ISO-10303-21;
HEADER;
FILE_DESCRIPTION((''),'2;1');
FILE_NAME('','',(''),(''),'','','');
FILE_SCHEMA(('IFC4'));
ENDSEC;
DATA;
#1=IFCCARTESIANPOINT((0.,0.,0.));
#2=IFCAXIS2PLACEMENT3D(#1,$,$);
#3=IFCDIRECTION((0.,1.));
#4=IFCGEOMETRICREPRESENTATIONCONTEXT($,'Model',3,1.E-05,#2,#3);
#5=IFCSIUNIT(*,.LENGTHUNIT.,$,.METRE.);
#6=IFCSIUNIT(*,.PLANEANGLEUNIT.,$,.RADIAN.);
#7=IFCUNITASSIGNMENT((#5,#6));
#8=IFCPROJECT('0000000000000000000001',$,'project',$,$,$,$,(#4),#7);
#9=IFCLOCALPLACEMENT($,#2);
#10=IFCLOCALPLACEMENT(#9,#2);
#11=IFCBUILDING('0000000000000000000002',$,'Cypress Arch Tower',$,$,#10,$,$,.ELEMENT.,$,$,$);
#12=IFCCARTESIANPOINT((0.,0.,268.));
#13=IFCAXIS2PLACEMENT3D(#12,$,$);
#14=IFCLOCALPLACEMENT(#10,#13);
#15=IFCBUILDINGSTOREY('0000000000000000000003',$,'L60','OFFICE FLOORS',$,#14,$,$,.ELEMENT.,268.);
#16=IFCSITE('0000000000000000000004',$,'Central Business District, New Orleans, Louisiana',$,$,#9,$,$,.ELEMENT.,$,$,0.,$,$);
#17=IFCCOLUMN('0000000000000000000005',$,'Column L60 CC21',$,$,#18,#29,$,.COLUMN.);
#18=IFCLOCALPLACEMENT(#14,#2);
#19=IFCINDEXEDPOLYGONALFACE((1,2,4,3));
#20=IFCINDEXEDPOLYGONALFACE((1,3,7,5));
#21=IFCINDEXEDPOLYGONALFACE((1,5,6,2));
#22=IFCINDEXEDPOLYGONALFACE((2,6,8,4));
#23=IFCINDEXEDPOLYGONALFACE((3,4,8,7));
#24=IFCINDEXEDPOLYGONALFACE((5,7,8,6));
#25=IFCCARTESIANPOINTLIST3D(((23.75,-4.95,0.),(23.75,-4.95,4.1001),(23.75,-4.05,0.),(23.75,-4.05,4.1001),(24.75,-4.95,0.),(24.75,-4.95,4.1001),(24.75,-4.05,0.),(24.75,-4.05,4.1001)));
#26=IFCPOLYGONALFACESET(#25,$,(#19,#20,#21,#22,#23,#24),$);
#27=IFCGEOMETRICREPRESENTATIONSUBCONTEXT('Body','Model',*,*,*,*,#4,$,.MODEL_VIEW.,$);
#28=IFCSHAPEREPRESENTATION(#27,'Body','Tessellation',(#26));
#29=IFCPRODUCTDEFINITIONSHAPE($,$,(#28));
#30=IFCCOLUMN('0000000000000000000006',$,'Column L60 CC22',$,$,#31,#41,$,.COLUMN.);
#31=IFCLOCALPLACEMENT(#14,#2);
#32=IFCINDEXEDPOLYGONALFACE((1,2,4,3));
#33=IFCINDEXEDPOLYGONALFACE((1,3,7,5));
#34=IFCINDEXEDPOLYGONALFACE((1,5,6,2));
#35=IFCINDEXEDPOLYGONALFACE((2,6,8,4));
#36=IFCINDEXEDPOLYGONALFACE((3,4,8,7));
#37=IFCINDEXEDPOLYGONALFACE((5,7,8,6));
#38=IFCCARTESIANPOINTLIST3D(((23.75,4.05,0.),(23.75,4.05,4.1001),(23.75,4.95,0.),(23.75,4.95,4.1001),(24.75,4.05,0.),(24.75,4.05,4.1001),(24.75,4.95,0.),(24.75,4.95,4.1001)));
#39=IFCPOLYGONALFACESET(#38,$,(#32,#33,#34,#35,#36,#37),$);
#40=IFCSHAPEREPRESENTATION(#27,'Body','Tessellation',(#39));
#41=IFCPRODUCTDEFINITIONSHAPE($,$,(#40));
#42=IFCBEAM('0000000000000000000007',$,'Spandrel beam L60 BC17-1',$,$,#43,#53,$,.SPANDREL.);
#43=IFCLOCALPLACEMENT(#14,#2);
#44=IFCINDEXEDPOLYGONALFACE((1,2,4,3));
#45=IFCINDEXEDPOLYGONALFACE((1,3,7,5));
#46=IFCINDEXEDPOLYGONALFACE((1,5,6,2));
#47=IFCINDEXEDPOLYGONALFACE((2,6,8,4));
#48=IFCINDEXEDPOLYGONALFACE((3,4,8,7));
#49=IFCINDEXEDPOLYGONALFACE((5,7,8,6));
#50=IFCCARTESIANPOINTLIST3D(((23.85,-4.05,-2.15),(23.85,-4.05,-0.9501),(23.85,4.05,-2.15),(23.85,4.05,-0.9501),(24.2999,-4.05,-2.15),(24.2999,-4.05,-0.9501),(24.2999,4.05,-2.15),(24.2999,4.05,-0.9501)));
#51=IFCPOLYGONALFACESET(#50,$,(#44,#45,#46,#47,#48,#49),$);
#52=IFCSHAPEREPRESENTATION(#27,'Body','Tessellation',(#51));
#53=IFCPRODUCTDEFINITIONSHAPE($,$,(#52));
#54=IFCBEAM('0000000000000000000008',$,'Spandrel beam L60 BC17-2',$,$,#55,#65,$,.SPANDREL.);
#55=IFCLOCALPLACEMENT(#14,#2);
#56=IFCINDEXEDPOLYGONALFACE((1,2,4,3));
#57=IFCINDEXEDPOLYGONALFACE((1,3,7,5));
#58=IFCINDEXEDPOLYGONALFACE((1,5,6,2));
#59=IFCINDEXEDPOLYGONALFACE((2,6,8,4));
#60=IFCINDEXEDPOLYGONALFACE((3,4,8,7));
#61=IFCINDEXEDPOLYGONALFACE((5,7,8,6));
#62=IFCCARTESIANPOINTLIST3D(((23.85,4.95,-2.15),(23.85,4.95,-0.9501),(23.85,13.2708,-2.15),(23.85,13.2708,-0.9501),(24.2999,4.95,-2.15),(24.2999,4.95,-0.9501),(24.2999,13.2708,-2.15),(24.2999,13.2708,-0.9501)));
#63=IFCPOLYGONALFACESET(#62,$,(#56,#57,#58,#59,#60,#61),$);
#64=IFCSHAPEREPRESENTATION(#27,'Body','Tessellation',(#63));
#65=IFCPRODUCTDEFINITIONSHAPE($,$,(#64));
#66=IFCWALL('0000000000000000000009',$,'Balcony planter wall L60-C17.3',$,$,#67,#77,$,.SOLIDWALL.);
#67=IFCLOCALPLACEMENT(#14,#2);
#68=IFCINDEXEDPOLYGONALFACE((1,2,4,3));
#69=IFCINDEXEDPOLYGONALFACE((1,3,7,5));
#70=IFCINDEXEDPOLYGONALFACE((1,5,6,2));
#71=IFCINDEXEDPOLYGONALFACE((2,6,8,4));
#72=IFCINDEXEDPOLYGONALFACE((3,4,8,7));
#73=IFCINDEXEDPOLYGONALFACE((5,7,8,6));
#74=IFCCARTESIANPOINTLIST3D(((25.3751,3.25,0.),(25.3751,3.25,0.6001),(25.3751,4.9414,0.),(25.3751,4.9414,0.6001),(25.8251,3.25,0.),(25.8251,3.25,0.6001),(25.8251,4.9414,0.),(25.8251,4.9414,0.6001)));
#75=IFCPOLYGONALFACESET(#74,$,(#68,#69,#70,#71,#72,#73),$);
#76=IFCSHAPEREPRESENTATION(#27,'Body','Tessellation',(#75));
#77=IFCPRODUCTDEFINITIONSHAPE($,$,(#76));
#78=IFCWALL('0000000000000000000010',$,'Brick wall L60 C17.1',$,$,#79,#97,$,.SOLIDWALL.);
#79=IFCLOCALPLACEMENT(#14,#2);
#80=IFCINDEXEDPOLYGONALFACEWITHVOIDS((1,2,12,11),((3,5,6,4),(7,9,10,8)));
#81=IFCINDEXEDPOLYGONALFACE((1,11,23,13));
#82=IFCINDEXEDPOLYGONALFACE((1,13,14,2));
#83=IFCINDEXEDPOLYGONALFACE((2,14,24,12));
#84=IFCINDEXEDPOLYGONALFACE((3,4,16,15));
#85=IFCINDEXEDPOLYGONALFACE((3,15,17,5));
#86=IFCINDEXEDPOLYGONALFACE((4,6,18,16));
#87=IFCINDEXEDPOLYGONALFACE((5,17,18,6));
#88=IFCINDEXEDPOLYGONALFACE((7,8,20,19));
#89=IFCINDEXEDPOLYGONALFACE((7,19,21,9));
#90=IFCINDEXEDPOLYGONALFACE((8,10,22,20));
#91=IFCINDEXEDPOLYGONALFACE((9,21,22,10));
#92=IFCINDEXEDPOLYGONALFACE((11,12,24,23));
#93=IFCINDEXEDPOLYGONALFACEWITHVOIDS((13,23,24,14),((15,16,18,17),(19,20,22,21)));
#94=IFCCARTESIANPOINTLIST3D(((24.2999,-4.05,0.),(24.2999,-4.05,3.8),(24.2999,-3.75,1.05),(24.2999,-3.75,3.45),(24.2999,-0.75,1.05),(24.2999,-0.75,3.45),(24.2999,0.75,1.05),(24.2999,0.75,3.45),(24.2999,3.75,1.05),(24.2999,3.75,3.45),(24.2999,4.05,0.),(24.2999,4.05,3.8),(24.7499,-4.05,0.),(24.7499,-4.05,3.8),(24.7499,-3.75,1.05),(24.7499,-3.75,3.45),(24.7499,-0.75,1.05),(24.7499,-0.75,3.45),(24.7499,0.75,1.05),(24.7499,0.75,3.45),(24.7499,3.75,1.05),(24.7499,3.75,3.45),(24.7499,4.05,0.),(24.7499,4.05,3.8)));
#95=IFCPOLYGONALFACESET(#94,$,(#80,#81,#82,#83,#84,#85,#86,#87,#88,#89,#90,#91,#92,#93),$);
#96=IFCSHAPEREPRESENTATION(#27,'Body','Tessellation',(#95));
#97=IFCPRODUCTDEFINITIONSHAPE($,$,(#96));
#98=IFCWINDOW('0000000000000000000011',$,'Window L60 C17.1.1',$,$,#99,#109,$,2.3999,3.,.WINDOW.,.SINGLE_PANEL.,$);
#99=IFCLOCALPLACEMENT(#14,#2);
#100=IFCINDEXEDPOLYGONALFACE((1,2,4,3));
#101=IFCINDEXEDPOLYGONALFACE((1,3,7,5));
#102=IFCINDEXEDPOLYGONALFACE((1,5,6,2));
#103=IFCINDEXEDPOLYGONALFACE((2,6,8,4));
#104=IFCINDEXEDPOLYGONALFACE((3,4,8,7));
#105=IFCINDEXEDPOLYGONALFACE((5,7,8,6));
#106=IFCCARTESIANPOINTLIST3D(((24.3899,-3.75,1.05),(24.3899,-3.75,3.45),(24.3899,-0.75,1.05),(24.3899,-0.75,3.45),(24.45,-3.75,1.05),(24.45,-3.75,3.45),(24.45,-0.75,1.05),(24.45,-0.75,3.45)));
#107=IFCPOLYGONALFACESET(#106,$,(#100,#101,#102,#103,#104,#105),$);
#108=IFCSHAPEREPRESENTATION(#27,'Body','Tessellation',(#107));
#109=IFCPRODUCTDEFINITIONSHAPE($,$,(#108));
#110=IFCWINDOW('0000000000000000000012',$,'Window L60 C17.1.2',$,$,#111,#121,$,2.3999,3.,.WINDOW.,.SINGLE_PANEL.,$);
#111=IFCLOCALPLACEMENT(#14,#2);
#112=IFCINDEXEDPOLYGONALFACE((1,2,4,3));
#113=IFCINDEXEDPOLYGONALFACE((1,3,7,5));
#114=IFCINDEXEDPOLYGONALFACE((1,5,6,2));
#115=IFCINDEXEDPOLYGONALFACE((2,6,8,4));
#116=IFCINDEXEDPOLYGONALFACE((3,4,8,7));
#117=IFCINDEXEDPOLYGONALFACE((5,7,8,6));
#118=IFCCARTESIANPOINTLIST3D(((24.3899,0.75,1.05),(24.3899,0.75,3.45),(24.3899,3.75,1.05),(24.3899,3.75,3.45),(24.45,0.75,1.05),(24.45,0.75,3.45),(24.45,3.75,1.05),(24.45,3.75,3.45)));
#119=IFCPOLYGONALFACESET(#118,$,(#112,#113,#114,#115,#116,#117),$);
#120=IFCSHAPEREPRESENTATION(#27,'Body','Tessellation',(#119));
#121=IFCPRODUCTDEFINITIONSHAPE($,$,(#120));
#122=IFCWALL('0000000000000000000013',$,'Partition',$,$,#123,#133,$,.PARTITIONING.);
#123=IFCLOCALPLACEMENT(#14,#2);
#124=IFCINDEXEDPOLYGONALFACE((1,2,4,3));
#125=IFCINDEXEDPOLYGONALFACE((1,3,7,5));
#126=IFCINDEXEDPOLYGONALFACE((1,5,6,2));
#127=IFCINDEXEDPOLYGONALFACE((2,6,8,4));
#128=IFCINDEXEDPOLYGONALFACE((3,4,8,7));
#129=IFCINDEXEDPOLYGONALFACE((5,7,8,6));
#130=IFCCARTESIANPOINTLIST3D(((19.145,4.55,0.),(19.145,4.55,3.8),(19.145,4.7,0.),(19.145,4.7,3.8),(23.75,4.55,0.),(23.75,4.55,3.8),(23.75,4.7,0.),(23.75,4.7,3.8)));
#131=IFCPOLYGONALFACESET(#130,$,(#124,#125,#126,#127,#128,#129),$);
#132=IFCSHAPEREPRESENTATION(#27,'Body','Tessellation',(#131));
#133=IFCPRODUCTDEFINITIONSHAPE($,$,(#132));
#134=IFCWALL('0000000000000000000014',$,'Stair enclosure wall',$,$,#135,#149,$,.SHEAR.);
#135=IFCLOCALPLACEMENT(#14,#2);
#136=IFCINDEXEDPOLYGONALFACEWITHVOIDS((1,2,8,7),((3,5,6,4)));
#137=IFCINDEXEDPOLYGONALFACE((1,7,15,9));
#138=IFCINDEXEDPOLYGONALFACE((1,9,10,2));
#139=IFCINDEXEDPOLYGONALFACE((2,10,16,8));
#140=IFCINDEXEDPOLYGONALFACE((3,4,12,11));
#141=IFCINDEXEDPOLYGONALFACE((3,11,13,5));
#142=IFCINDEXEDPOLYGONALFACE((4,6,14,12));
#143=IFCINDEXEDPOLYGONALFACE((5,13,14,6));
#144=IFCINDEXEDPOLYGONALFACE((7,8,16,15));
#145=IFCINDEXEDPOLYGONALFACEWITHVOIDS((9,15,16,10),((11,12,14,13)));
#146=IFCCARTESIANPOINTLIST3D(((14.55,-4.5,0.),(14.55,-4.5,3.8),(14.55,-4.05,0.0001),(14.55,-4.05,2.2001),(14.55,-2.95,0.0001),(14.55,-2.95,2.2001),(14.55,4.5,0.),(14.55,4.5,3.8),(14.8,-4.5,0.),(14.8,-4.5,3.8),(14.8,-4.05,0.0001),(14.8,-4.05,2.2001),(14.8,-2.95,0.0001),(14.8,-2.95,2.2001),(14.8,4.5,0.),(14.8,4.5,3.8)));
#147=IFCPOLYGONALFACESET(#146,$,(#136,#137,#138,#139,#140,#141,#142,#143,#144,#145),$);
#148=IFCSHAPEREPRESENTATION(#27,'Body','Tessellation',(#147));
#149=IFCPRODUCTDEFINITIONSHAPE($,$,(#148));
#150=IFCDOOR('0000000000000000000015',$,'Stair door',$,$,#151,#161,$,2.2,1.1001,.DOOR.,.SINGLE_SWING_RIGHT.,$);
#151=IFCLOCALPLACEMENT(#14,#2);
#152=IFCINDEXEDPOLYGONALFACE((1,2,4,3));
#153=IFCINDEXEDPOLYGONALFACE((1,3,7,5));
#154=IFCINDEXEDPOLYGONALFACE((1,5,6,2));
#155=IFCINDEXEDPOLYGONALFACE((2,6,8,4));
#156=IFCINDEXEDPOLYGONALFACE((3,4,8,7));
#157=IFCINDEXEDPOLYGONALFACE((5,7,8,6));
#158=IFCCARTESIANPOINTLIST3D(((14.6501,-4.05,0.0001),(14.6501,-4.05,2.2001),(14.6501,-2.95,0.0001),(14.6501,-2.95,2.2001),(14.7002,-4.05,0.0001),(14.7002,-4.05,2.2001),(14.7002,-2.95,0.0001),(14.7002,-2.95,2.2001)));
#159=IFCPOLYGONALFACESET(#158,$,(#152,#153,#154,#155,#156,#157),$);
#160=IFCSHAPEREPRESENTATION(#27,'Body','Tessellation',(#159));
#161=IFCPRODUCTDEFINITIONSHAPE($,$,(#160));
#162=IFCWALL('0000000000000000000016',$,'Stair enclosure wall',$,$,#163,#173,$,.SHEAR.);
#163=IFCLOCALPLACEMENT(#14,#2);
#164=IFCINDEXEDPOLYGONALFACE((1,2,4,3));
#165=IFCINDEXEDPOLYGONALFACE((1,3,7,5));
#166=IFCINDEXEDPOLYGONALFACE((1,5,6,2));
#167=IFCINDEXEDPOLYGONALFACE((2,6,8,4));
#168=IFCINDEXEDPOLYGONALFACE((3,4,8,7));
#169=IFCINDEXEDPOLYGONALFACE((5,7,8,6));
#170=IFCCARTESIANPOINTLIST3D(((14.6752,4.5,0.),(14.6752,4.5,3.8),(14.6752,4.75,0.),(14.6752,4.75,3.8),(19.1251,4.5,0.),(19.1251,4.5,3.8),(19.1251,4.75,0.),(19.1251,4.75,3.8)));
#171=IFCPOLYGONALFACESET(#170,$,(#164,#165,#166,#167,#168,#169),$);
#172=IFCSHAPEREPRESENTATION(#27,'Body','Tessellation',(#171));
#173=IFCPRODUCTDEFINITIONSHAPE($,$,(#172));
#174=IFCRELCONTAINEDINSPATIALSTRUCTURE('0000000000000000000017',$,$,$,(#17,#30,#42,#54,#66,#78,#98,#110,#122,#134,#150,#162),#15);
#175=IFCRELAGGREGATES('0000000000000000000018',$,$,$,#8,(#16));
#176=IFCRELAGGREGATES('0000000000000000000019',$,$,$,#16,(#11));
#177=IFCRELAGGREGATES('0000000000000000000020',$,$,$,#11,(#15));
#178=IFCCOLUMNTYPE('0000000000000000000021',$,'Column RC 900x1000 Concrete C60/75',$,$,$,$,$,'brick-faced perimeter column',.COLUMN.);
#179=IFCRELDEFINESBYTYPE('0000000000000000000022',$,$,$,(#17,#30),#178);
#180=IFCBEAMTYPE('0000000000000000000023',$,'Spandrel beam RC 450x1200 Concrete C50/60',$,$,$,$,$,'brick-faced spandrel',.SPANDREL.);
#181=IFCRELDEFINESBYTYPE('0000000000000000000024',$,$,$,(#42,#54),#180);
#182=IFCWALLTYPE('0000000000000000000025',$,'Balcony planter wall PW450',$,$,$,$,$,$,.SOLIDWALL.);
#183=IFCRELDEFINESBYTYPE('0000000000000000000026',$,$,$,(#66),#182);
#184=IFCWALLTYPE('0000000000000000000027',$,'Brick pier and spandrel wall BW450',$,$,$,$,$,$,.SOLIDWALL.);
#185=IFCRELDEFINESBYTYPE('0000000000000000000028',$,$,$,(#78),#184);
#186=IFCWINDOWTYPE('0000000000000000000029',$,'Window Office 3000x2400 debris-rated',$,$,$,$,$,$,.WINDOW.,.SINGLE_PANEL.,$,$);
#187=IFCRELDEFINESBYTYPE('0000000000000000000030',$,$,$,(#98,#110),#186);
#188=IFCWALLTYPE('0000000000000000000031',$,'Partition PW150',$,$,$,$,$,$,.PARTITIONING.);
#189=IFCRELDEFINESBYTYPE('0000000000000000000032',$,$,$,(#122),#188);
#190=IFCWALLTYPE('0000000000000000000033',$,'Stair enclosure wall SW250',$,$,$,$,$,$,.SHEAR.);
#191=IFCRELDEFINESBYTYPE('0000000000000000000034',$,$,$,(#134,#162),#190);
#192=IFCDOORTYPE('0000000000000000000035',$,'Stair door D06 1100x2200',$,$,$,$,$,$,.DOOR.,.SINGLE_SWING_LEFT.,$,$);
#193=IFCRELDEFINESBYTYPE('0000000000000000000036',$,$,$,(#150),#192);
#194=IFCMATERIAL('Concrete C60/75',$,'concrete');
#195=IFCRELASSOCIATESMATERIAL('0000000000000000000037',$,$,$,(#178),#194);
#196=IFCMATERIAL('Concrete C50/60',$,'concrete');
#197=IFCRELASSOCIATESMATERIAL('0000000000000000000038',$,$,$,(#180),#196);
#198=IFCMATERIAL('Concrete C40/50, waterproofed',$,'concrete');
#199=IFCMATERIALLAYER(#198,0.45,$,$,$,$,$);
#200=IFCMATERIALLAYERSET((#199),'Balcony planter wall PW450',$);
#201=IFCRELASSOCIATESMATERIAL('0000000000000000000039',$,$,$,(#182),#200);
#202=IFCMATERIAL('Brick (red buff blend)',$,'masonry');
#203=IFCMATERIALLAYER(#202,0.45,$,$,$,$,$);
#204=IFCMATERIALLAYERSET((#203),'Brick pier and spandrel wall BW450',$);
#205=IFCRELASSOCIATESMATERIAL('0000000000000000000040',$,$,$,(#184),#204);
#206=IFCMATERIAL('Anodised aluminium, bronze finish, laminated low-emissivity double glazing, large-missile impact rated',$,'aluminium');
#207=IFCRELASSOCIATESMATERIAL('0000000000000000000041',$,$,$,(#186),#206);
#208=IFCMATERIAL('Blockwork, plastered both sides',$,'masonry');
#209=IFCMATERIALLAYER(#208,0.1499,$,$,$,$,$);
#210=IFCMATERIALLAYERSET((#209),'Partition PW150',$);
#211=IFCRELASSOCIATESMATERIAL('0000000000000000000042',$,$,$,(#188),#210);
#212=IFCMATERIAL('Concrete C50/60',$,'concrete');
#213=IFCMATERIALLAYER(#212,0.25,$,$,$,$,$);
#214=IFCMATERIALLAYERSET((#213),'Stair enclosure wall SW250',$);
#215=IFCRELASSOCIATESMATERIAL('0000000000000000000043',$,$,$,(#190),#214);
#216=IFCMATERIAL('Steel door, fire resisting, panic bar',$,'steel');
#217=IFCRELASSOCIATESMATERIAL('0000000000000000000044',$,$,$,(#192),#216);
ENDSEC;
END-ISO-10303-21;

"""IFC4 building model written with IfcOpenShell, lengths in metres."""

from ifc_helpers import new_model, si_unit, direction, frame, frame_2d, origin, origin_2d, place, context, subcontext, project, spatial, rectangle, extrude, material, layer, layer_set, material_profile, profile_set, type_object, element, fill, save


model = new_model("IFC4")

# Units and contexts
model_context = context("Model", 3, precision=1e-05, world=origin(), true_north=direction((0.0, 1.0)))
body_context = subcontext(model_context, "Body", "Model", "MODEL_VIEW")
ifc_project = project(units=[si_unit("LENGTHUNIT", "METRE"), si_unit("PLANEANGLEUNIT", "RADIAN")], contexts=[model_context])

# Site, building, storey
site_placement = place(None, origin())
site = spatial("IfcSite", under=ifc_project, at=site_placement, Name="Central Business District, New Orleans, Louisiana", CompositionType="ELEMENT", RefElevation=0.0)
building_placement = place(site_placement, origin())
building = spatial("IfcBuilding", under=site, at=building_placement, Name="Cypress Arch Tower", CompositionType="ELEMENT")
storey_placement = place(building_placement, frame((0.0, 0.0, 268.0)))
storey = spatial("IfcBuildingStorey", under=building, at=storey_placement, Name="L60", Description="OFFICE FLOORS", CompositionType="ELEMENT", Elevation=268.0)

# Columns
ifc_material_1 = material(Name="Concrete C60/75", Category="concrete")
ifc_material_profile_1 = material_profile(ifc_material_1, rectangle(XDim=0.8999, YDim=1.0, at=origin_2d()), Name="RC 900x1000")
ifc_profile_set_1 = profile_set([ifc_material_profile_1], Name="Concrete C60/75")
column_type = type_object("IfcColumnType", Name="Column RC 900x1000 Concrete C60/75", ElementType="brick-faced perimeter column", PredefinedType="COLUMN", material=ifc_profile_set_1)
for number, where, z_axis, x_axis, name in (
    (1, (24.25, -4.5, 0.0), (0.0, 0.0, 1.0), (0.0, 1.0, 0.0), "Column L60 CC21"),
    (2, (24.25, 4.5, 0.0), (0.0, 0.0, 1.0), (0.0, 1.0, 0.0), "Column L60 CC22"),
):
    element("IfcColumn", number, at=place(storey_placement, frame(where, z_axis=z_axis, x_axis=x_axis)), inside=storey, type_object=column_type, Name=name, PredefinedType="COLUMN", context=body_context, shape_type="SweptSolid", body=[
        extrude(rectangle(XDim=0.8999, YDim=1.0, at=origin_2d()), origin(), (0.0, 0.0, 1.0), 4.1001),
    ])

# Beams
ifc_material_2 = material(Name="Concrete C50/60", Category="concrete")
ifc_material_profile_2 = material_profile(ifc_material_2, rectangle(XDim=0.45, YDim=1.2, at=origin_2d()), Name="RC 450x1200")
ifc_profile_set_2 = profile_set([ifc_material_profile_2], Name="Concrete C50/60")
beam_type = type_object("IfcBeamType", Name="Spandrel beam RC 450x1200 Concrete C50/60", ElementType="brick-faced spandrel", PredefinedType="SPANDREL", material=ifc_profile_set_2)
beam_1_placement = place(storey_placement, frame((24.075, -4.05, -1.55), z_axis=(0.0, 1.0, 0.0), x_axis=(-1.0, 0.0, 0.0)))
element("IfcBeam", 3, at=beam_1_placement, inside=storey, type_object=beam_type, Name="Spandrel beam L60 BC17-1", PredefinedType="SPANDREL", context=body_context, shape_type="SweptSolid", body=[
    extrude(rectangle(XDim=0.45, YDim=1.2, at=origin_2d()), origin(), (0.0, 0.0, 1.0), 8.1001),
])
beam_2_placement = place(storey_placement, frame((24.075, 4.95, -1.55), z_axis=(0.0, 1.0, 0.0), x_axis=(-1.0, 0.0, 0.0)))
element("IfcBeam", 4, at=beam_2_placement, inside=storey, type_object=beam_type, Name="Spandrel beam L60 BC17-2", PredefinedType="SPANDREL", context=body_context, shape_type="SweptSolid", body=[
    extrude(rectangle(XDim=0.45, YDim=1.2, at=origin_2d()), origin(), (0.0, 0.0, 1.0), 8.3208),
])

# Wall
ifc_material_3 = material(Name="Concrete C40/50, waterproofed", Category="concrete")
ifc_layer_1 = layer(ifc_material_3, 0.45)
ifc_layer_set_1 = layer_set([ifc_layer_1], Name="Balcony planter wall PW450")
wall_type_1 = type_object("IfcWallType", Name="Balcony planter wall PW450", PredefinedType="SOLIDWALL", material=ifc_layer_set_1)
wall_1_placement = place(storey_placement, frame((25.6001, 3.25, 0.0), z_axis=(0.0, 0.0, 1.0), x_axis=(0.0, 1.0, 0.0)))
element("IfcWall", 5, at=wall_1_placement, inside=storey, type_object=wall_type_1, Name="Balcony planter wall L60-C17.3", PredefinedType="SOLIDWALL", context=body_context, shape_type="SweptSolid", body=[
    extrude(rectangle(XDim=1.6914, YDim=0.45, at=frame_2d((0.8457, 0.0))), origin(), (0.0, 0.0, 1.0), 0.6001),
])

# Wall, openings, windows
ifc_material_4 = material(Name="Brick (red buff blend)", Category="masonry")
ifc_layer_2 = layer(ifc_material_4, 0.45)
ifc_layer_set_2 = layer_set([ifc_layer_2], Name="Brick pier and spandrel wall BW450")
wall_type_2 = type_object("IfcWallType", Name="Brick pier and spandrel wall BW450", PredefinedType="SOLIDWALL", material=ifc_layer_set_2)
wall_2_placement = place(storey_placement, frame((24.5249, -4.05, 0.0), z_axis=(0.0, 0.0, 1.0), x_axis=(0.0, 1.0, 0.0)))
wall_2 = element("IfcWall", 6, at=wall_2_placement, inside=storey, type_object=wall_type_2, Name="Brick wall L60 C17.1", PredefinedType="SOLIDWALL", context=body_context, shape_type="SweptSolid", body=[
    extrude(rectangle(XDim=8.1001, YDim=0.45, at=frame_2d((4.05, 0.0))), origin(), (0.0, 0.0, 1.0), 3.8),
])
opening_1_placement = place(wall_2_placement, frame((0.3, 0.0, 1.05)))
opening_1 = element("IfcOpeningElement", 7, at=opening_1_placement, cuts=wall_2, PredefinedType="OPENING", context=body_context, shape_type="SweptSolid", body=[
    extrude(rectangle(XDim=3.0, YDim=2.3999, at=frame_2d((1.5, 1.2))), frame((0.0, 0.2349, 0.0), z_axis=(0.0, -1.0, 0.0), x_axis=(1.0, 0.0, 0.0)), (0.0, 0.0, 1.0), 0.47),
])
opening_2_placement = place(wall_2_placement, frame((4.8, 0.0, 1.05)))
opening_2 = element("IfcOpeningElement", 8, at=opening_2_placement, cuts=wall_2, PredefinedType="OPENING", context=body_context, shape_type="SweptSolid", body=[
    extrude(rectangle(XDim=3.0, YDim=2.3999, at=frame_2d((1.5, 1.2))), frame((0.0, 0.2349, 0.0), z_axis=(0.0, -1.0, 0.0), x_axis=(1.0, 0.0, 0.0)), (0.0, 0.0, 1.0), 0.47),
])
ifc_material_5 = material(Name="Anodised aluminium, bronze finish, laminated low-emissivity double glazing, large-missile impact rated", Category="aluminium")
window_type = type_object("IfcWindowType", Name="Window Office 3000x2400 debris-rated", PartitioningType="SINGLE_PANEL", PredefinedType="WINDOW", material=ifc_material_5)
window_1_placement = place(opening_1_placement, origin())
window_1 = element("IfcWindow", 9, at=window_1_placement, inside=storey, type_object=window_type, Name="Window L60 C17.1.1", OverallHeight=2.3999, OverallWidth=3.0, PartitioningType="SINGLE_PANEL", PredefinedType="WINDOW", context=body_context, shape_type="SweptSolid", body=[
    extrude(rectangle(XDim=3.0, YDim=2.3999, at=frame_2d((1.5, 1.2))), frame((0.0, 0.135, 0.0), z_axis=(0.0, -1.0, 0.0), x_axis=(1.0, 0.0, 0.0)), (0.0, 0.0, 1.0), 0.0601),
])
fill(opening_1, window_1)
window_2_placement = place(opening_2_placement, origin())
window_2 = element("IfcWindow", 10, at=window_2_placement, inside=storey, type_object=window_type, Name="Window L60 C17.1.2", OverallHeight=2.3999, OverallWidth=3.0, PartitioningType="SINGLE_PANEL", PredefinedType="WINDOW", context=body_context, shape_type="SweptSolid", body=[
    extrude(rectangle(XDim=3.0, YDim=2.3999, at=frame_2d((1.5, 1.2))), frame((0.0, 0.135, 0.0), z_axis=(0.0, -1.0, 0.0), x_axis=(1.0, 0.0, 0.0)), (0.0, 0.0, 1.0), 0.0601),
])
fill(opening_2, window_2)

# Wall
ifc_material_6 = material(Name="Blockwork, plastered both sides", Category="masonry")
ifc_layer_3 = layer(ifc_material_6, 0.1499)
ifc_layer_set_3 = layer_set([ifc_layer_3], Name="Partition PW150")
wall_type_3 = type_object("IfcWallType", Name="Partition PW150", PredefinedType="PARTITIONING", material=ifc_layer_set_3)
wall_3_placement = place(storey_placement, frame((19.145, 4.625, 0.0), z_axis=(0.0, 0.0, 1.0), x_axis=(1.0, 0.0, 0.0)))
element("IfcWall", 11, at=wall_3_placement, inside=storey, type_object=wall_type_3, Name="Partition", PredefinedType="PARTITIONING", context=body_context, shape_type="SweptSolid", body=[
    extrude(rectangle(XDim=4.605, YDim=0.1499, at=frame_2d((2.3025, 0.0))), origin(), (0.0, 0.0, 1.0), 3.8),
])

# Wall, opening, door
ifc_material_7 = material(Name="Concrete C50/60", Category="concrete")
ifc_layer_4 = layer(ifc_material_7, 0.25)
ifc_layer_set_4 = layer_set([ifc_layer_4], Name="Stair enclosure wall SW250")
wall_type_4 = type_object("IfcWallType", Name="Stair enclosure wall SW250", PredefinedType="SHEAR", material=ifc_layer_set_4)
wall_4_placement = place(storey_placement, frame((14.675, -4.5, 0.0), z_axis=(0.0, 0.0, 1.0), x_axis=(0.0, 1.0, 0.0)))
wall_4 = element("IfcWall", 12, at=wall_4_placement, inside=storey, type_object=wall_type_4, Name="Stair enclosure wall", PredefinedType="SHEAR", context=body_context, shape_type="SweptSolid", body=[
    extrude(rectangle(XDim=9.0, YDim=0.25, at=frame_2d((4.5, 0.0))), origin(), (0.0, 0.0, 1.0), 3.8),
])
opening_3_placement = place(wall_4_placement, frame((0.45, 0.0, 0.0)))
opening_3 = element("IfcOpeningElement", 13, at=opening_3_placement, cuts=wall_4, PredefinedType="OPENING", context=body_context, shape_type="SweptSolid", body=[
    extrude(rectangle(XDim=1.1001, YDim=2.2, at=frame_2d((0.55, 1.1001))), frame((0.0, 0.135, 0.0), z_axis=(0.0, -1.0, 0.0), x_axis=(1.0, 0.0, 0.0)), (0.0, 0.0, 1.0), 0.27),
])
ifc_material_8 = material(Name="Steel door, fire resisting, panic bar", Category="steel")
door_type = type_object("IfcDoorType", Name="Stair door D06 1100x2200", OperationType="SINGLE_SWING_LEFT", PredefinedType="DOOR", material=ifc_material_8)
door_placement = place(opening_3_placement, origin())
door = element("IfcDoor", 14, at=door_placement, inside=storey, type_object=door_type, Name="Stair door", OperationType="SINGLE_SWING_RIGHT", OverallHeight=2.2, OverallWidth=1.1001, PredefinedType="DOOR", context=body_context, shape_type="SweptSolid", body=[
    extrude(rectangle(XDim=1.1001, YDim=2.2, at=frame_2d((0.55, 1.1001))), frame((0.0, 0.0249, 0.0), z_axis=(0.0, -1.0, 0.0), x_axis=(1.0, 0.0, 0.0)), (0.0, 0.0, 1.0), 0.05),
])
fill(opening_3, door)

# Wall
wall_5_placement = place(storey_placement, frame((14.675, 4.625, 0.0), z_axis=(0.0, 0.0, 1.0), x_axis=(1.0, 0.0, 0.0)))
element("IfcWall", 15, at=wall_5_placement, inside=storey, type_object=wall_type_4, Name="Stair enclosure wall", PredefinedType="SHEAR", context=body_context, shape_type="SweptSolid", body=[
    extrude(rectangle(XDim=4.45, YDim=0.25, at=frame_2d((2.2251, 0.0))), origin(), (0.0, 0.0, 1.0), 3.8),
])

save(model, "model.ifc")
